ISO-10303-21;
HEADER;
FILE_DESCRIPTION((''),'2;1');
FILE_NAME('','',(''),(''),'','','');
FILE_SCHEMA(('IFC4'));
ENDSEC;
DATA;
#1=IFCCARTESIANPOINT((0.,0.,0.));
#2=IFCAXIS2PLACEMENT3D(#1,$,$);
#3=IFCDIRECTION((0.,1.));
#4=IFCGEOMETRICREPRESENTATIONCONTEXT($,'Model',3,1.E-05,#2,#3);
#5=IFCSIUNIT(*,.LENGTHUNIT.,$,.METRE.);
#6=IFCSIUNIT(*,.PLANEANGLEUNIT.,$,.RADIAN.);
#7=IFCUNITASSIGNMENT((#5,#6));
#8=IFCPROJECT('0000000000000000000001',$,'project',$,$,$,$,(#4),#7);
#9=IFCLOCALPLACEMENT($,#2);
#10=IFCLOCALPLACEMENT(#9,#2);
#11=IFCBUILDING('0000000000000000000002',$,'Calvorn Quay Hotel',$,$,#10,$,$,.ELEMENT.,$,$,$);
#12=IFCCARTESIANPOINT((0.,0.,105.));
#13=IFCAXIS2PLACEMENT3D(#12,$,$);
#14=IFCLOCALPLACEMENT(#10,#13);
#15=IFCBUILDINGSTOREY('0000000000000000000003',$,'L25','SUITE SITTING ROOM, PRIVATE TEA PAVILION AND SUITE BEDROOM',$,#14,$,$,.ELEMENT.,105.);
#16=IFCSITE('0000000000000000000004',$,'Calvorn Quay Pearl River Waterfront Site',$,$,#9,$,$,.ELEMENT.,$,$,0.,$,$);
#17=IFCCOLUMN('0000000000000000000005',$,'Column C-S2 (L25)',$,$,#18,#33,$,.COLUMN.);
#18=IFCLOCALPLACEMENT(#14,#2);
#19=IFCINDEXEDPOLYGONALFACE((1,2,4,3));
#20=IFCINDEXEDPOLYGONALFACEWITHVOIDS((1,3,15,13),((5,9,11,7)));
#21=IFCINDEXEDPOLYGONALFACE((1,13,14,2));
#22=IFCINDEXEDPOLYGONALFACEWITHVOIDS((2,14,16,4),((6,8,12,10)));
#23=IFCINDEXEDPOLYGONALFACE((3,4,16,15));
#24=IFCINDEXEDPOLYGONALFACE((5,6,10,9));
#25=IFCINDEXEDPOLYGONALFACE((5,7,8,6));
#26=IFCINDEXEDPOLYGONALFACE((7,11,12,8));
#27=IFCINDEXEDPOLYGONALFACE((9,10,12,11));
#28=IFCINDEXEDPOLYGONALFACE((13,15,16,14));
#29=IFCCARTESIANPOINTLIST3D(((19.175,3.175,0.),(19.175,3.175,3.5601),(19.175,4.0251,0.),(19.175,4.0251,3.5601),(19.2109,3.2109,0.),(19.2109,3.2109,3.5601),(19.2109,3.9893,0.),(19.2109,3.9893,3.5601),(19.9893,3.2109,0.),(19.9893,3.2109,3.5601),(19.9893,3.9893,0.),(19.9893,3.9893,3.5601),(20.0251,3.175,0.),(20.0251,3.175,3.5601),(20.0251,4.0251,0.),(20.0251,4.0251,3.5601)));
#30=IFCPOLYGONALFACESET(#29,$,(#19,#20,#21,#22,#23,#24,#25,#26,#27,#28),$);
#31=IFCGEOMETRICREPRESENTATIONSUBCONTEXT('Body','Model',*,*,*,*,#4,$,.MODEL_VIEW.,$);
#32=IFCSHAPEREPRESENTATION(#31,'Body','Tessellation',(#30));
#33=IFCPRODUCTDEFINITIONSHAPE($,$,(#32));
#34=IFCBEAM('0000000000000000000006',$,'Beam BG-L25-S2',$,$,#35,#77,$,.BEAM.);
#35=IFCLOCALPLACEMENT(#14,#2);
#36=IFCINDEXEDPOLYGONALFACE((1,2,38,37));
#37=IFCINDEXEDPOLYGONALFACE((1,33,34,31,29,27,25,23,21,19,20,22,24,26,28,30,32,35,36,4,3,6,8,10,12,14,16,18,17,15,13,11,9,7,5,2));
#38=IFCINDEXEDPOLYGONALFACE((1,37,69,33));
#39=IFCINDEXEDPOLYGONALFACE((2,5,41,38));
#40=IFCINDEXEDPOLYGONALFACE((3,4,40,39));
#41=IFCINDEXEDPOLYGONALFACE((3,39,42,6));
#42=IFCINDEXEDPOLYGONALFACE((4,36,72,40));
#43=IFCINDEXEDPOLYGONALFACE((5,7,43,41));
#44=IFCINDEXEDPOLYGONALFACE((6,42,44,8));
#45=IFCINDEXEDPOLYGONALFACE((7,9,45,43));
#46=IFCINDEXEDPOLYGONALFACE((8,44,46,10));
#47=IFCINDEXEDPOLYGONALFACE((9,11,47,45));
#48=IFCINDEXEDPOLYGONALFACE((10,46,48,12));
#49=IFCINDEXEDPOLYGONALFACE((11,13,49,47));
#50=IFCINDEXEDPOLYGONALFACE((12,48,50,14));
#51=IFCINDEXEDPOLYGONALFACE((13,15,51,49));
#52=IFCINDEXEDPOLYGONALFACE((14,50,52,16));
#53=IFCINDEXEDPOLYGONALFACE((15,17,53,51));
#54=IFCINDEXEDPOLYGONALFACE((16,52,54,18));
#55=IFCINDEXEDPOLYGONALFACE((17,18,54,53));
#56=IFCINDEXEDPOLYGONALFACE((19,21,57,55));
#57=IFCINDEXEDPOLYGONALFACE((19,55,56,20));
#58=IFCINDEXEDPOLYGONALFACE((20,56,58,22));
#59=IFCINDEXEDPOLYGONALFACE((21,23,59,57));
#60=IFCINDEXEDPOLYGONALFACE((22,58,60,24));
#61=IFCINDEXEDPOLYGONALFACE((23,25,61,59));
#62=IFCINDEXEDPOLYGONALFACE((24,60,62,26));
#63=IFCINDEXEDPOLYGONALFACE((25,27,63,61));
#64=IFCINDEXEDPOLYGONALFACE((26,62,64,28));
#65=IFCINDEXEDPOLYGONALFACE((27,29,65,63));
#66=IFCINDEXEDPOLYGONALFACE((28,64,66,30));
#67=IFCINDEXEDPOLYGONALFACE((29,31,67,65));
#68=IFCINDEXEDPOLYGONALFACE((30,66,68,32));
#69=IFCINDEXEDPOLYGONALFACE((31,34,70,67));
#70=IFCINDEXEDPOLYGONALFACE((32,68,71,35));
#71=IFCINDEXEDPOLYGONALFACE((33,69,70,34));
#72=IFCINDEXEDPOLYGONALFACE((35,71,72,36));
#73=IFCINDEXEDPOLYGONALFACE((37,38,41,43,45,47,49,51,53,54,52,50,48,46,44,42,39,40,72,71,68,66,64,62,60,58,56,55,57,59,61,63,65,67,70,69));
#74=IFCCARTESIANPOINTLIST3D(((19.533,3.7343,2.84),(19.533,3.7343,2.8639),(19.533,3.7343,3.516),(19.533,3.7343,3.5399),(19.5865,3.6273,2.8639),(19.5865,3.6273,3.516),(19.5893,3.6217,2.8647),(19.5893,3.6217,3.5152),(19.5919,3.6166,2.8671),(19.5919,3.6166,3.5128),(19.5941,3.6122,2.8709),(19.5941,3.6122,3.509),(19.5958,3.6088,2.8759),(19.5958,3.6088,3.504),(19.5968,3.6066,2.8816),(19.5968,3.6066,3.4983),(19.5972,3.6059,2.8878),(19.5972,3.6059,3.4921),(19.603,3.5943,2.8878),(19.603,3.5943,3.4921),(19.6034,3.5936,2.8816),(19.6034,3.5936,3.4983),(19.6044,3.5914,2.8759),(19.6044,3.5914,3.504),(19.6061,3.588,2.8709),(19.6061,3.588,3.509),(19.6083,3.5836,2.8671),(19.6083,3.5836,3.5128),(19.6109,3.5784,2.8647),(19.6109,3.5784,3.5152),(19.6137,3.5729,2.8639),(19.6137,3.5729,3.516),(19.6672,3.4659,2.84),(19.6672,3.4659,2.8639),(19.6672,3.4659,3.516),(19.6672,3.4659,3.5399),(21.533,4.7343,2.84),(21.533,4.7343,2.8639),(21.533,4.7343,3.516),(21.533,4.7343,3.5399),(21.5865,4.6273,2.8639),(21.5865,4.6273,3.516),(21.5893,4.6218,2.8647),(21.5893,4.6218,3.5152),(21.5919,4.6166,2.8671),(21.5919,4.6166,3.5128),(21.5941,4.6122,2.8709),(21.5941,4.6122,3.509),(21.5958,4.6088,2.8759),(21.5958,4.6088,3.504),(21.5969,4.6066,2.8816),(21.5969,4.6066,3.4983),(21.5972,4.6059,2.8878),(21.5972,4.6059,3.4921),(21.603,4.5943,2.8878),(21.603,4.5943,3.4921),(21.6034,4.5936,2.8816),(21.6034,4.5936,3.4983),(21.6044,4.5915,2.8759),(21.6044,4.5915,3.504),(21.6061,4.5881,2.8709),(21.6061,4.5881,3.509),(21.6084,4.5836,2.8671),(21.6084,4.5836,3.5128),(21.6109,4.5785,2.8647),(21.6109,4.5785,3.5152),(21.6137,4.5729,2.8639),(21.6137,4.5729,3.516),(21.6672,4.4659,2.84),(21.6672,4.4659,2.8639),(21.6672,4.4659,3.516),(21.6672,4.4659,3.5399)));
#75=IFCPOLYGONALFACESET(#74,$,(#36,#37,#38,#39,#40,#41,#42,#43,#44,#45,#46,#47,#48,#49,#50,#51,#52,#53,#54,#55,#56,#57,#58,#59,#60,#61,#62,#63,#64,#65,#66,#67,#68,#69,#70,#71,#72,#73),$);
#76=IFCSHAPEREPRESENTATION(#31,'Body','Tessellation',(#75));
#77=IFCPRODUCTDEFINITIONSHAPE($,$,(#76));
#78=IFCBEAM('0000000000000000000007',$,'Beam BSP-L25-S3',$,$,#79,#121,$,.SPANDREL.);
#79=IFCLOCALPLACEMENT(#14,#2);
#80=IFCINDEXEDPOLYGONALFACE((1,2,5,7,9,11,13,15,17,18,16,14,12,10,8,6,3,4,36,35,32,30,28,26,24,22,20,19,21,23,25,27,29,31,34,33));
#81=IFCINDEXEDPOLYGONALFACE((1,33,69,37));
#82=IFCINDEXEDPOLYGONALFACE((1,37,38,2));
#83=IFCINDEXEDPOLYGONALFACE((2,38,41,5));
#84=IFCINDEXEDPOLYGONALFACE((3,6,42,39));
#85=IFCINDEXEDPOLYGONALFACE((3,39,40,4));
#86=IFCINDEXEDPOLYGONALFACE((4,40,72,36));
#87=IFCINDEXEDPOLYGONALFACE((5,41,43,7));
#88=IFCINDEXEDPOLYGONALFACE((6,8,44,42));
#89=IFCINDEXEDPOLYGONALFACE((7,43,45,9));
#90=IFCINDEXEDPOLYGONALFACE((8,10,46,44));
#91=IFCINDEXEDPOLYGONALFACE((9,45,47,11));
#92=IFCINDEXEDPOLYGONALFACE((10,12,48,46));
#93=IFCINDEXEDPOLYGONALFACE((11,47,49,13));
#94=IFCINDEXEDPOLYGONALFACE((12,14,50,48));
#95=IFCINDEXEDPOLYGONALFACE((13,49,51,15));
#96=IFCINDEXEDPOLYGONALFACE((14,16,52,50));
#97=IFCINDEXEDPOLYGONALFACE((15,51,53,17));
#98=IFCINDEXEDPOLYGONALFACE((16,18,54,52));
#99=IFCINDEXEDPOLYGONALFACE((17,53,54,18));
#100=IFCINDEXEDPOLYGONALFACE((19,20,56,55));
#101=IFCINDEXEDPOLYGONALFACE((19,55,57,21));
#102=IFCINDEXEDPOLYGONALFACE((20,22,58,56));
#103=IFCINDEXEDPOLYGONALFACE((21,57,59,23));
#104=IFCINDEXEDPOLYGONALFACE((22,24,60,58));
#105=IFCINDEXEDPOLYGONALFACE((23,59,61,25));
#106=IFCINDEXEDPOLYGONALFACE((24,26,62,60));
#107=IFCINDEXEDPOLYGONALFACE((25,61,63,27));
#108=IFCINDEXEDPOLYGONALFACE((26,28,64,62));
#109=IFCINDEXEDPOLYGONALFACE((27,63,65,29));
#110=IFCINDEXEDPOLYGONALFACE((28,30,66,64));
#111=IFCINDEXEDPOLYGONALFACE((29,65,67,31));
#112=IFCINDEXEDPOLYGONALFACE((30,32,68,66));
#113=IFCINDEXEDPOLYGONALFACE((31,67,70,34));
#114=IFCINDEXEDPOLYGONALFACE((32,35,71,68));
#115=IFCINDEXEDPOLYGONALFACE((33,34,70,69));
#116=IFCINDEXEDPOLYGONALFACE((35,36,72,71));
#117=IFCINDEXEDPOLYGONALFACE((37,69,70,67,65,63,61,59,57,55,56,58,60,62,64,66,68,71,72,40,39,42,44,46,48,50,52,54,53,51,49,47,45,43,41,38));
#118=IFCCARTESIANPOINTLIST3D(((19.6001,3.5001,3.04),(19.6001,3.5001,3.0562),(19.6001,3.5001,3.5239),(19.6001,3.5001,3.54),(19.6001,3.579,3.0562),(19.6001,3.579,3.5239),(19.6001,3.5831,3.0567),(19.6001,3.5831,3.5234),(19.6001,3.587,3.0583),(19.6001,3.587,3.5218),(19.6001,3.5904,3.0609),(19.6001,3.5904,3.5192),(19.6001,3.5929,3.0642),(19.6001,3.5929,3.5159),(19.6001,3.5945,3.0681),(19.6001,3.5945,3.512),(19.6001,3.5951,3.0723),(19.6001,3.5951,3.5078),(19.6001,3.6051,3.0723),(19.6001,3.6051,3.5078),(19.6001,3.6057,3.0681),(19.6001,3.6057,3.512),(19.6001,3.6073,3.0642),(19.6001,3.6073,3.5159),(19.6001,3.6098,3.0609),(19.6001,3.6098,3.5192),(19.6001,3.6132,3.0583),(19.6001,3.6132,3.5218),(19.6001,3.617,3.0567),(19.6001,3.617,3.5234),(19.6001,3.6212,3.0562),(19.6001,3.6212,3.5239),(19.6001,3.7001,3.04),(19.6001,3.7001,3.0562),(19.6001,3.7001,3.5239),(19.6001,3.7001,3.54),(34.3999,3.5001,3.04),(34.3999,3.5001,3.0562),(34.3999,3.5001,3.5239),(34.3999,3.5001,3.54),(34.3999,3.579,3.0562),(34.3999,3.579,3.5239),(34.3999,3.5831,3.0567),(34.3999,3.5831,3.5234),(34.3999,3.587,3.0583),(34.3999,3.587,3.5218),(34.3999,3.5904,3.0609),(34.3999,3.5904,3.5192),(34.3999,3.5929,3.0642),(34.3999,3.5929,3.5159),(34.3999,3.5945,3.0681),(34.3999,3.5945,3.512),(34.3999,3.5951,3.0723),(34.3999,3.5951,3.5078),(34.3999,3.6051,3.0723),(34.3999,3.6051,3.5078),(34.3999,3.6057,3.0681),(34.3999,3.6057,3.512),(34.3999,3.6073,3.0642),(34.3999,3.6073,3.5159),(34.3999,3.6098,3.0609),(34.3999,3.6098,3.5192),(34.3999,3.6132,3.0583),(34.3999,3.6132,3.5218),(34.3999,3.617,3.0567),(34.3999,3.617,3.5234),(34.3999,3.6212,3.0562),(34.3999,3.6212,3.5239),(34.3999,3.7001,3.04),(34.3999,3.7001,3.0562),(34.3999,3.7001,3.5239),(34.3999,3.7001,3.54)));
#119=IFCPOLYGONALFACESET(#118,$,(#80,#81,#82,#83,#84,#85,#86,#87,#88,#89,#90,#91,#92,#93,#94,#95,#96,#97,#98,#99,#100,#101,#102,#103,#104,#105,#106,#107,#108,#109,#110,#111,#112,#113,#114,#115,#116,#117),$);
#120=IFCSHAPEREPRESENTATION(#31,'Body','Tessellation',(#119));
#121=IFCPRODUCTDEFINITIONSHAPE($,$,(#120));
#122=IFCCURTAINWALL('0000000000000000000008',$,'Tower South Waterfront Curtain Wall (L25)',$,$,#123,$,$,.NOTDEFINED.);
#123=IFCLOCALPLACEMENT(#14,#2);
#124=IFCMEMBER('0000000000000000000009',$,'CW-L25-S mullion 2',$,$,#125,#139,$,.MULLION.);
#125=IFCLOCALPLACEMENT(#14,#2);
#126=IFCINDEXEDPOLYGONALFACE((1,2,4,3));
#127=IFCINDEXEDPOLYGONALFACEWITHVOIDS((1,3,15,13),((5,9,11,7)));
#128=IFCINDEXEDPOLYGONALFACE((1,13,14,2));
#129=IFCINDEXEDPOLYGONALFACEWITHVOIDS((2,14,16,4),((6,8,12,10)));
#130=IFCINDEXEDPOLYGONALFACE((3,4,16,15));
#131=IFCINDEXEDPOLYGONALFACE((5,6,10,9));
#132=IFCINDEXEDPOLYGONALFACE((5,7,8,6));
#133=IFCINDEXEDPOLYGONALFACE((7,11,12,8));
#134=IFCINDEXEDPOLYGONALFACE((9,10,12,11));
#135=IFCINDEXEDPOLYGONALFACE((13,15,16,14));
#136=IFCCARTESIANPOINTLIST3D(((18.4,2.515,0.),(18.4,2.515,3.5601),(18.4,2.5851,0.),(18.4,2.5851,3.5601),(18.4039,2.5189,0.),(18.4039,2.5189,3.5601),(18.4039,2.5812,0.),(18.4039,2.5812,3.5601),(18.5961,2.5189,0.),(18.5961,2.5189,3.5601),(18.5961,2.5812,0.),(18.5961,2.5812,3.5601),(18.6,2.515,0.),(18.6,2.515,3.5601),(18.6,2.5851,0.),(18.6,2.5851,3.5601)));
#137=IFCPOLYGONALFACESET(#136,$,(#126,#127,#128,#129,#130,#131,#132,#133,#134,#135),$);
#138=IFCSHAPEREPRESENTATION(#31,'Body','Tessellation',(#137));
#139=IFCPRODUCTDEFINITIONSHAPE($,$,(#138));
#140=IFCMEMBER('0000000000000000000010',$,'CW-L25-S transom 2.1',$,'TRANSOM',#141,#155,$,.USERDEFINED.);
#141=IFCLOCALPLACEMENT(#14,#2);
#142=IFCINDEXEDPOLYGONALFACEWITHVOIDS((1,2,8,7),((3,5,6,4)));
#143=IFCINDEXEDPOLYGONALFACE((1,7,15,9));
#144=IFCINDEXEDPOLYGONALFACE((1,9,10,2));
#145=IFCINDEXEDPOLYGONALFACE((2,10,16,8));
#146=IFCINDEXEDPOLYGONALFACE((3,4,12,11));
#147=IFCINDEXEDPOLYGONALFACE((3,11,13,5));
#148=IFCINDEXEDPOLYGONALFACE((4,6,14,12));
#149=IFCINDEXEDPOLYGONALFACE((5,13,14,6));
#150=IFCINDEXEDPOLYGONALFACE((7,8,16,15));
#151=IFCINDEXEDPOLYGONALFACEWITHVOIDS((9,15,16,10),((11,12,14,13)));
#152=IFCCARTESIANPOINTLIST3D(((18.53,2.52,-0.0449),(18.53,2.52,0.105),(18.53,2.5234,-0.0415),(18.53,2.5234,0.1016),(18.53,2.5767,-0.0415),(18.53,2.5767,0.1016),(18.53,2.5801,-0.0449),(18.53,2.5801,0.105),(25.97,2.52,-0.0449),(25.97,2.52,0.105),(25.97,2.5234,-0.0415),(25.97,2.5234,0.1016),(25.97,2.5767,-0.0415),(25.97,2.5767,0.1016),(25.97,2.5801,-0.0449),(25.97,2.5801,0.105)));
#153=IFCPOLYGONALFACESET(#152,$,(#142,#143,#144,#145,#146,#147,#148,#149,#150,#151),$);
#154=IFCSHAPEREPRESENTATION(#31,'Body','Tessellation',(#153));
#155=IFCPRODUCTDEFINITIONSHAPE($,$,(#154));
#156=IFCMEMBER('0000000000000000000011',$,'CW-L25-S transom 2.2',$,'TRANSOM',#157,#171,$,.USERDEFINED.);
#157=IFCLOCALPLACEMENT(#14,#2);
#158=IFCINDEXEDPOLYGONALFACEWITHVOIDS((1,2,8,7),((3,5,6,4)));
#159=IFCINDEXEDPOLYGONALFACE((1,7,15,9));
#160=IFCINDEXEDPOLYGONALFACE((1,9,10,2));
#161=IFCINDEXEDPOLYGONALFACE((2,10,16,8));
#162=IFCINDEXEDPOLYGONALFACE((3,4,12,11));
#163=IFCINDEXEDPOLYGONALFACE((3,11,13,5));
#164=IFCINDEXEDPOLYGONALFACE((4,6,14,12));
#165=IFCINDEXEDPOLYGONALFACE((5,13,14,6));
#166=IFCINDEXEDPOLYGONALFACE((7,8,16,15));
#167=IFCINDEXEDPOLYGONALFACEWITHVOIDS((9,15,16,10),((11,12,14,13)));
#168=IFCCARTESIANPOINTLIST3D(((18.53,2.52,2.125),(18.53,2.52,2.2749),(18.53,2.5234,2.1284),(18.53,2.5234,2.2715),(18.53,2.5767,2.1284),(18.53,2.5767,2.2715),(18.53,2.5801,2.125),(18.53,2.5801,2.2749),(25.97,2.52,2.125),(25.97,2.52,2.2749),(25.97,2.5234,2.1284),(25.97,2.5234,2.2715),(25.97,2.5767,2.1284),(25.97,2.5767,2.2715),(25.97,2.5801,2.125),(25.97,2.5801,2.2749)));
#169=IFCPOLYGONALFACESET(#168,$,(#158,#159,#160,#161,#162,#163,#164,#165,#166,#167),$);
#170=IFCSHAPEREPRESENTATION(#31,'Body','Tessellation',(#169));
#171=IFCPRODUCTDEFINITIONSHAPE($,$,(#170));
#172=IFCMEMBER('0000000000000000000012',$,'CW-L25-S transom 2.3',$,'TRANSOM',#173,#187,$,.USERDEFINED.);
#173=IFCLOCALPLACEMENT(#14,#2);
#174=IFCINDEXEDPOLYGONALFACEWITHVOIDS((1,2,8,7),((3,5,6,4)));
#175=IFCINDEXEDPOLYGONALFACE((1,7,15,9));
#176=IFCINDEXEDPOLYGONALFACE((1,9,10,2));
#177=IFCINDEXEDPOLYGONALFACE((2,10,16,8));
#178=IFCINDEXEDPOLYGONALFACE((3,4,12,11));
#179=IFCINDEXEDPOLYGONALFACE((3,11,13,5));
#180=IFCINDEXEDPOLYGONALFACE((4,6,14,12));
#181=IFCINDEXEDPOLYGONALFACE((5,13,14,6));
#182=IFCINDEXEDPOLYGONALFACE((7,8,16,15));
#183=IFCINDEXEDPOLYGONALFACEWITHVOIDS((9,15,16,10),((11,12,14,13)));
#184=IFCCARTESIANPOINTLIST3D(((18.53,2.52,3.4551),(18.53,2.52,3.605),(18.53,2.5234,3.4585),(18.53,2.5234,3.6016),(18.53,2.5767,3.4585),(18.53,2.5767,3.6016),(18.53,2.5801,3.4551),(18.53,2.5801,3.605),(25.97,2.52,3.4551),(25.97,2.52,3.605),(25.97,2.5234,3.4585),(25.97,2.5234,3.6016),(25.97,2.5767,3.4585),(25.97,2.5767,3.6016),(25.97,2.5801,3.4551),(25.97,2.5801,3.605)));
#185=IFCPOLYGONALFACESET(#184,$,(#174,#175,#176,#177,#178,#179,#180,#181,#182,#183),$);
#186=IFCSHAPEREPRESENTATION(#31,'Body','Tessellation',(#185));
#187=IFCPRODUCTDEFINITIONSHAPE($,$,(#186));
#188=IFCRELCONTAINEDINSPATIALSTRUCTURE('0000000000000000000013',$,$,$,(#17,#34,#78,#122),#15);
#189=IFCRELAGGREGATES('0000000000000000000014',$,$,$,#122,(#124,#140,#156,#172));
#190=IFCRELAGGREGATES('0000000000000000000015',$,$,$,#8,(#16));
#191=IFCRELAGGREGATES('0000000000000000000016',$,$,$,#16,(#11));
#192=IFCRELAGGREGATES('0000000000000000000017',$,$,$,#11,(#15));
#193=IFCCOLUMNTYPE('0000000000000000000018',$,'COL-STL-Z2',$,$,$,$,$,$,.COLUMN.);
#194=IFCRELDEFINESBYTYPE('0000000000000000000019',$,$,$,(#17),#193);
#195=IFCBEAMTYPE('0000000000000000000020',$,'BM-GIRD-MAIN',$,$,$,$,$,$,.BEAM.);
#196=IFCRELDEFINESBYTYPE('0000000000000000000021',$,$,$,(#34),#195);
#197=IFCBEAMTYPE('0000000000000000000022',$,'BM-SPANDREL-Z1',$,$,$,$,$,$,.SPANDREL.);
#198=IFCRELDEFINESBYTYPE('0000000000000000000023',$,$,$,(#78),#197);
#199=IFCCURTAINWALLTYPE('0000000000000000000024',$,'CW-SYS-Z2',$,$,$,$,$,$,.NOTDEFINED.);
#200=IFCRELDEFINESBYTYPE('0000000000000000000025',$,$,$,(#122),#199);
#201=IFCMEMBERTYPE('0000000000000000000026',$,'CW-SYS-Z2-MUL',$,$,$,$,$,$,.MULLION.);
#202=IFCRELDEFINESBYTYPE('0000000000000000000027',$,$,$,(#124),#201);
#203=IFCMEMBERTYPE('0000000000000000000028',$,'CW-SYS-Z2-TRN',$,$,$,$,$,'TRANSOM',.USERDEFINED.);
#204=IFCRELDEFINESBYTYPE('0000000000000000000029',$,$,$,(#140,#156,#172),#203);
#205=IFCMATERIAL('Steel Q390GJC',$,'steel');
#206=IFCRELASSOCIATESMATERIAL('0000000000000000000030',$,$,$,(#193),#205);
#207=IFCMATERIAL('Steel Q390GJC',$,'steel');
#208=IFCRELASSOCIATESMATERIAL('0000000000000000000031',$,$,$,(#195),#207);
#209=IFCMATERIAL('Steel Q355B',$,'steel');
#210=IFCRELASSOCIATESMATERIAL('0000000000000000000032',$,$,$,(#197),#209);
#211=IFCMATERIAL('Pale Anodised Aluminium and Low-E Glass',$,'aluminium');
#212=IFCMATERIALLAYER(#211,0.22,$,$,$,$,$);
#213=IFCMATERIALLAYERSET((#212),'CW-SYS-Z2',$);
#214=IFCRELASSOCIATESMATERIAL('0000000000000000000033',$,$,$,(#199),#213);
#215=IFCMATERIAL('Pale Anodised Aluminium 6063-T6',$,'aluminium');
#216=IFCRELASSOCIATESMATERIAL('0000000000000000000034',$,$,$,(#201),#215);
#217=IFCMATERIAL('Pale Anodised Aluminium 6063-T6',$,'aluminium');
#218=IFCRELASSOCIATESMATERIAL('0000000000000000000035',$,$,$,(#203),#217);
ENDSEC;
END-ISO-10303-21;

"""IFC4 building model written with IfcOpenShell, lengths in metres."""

from ifc_helpers import new_model, si_unit, direction, frame, origin, origin_2d, place, context, subcontext, project, spatial, hollow_rectangle, i_section, extrude, material, layer, layer_set, material_profile, profile_set, type_object, element, aggregate, save


model = new_model("IFC4")

# Units and contexts
model_context = context("Model", 3, precision=1e-05, world=origin(), true_north=direction((0.0, 1.0)))
body_context = subcontext(model_context, "Body", "Model", "MODEL_VIEW")
ifc_project = project(units=[si_unit("LENGTHUNIT", "METRE"), si_unit("PLANEANGLEUNIT", "RADIAN")], contexts=[model_context])

# Site, building, storey
site_placement = place(None, origin())
site = spatial("IfcSite", under=ifc_project, at=site_placement, Name="Calvorn Quay Pearl River Waterfront Site", CompositionType="ELEMENT", RefElevation=0.0)
building_placement = place(site_placement, origin())
building = spatial("IfcBuilding", under=site, at=building_placement, Name="Calvorn Quay Hotel", CompositionType="ELEMENT")
storey_placement = place(building_placement, frame((0.0, 0.0, 105.0)))
storey = spatial("IfcBuildingStorey", under=building, at=storey_placement, Name="L25", Description="SUITE SITTING ROOM, PRIVATE TEA PAVILION AND SUITE BEDROOM", CompositionType="ELEMENT", Elevation=105.0)

# Column
ifc_material_1 = material(Name="Steel Q390GJC", Category="steel")
ifc_material_profile_1 = material_profile(ifc_material_1, hollow_rectangle(XDim=0.8501, YDim=0.8501, WallThickness=0.0359, at=origin_2d()), Name="BOX850x850x36")
ifc_profile_set_1 = profile_set([ifc_material_profile_1], Name="Steel Q390GJC")
column_type = type_object("IfcColumnType", Name="COL-STL-Z2", PredefinedType="COLUMN", material=ifc_profile_set_1)
column_placement = place(storey_placement, frame((19.6001, 3.6001, 0.0), z_axis=(0.0, 0.0, 1.0), x_axis=(1.0, 0.0, 0.0)))
element("IfcColumn", 1, at=column_placement, inside=storey, type_object=column_type, Name="Column C-S2 (L25)", PredefinedType="COLUMN", context=body_context, shape_type="SweptSolid", body=[
    extrude(hollow_rectangle(XDim=0.8501, YDim=0.8501, WallThickness=0.0359, at=origin_2d()), origin(), (0.0, 0.0, 1.0), 3.5601),
])

# Beams
ifc_material_2 = material(Name="Steel Q390GJC", Category="steel")
ifc_material_profile_2 = material_profile(ifc_material_2, i_section(OverallWidth=0.3, OverallDepth=0.7, WebThickness=0.0129, FlangeThickness=0.0239, FilletRadius=0.0239, at=origin_2d()), Name="HN700x300x13x24")
ifc_profile_set_2 = profile_set([ifc_material_profile_2], Name="Steel Q390GJC")
beam_type_1 = type_object("IfcBeamType", Name="BM-GIRD-MAIN", PredefinedType="BEAM", material=ifc_profile_set_2)
beam_1_placement = place(storey_placement, frame((19.6001, 3.6001, 3.1899), z_axis=(0.894427, 0.447214, 0.0), x_axis=(-0.447214, 0.894427, 0.0)))
element("IfcBeam", 2, at=beam_1_placement, inside=storey, type_object=beam_type_1, Name="Beam BG-L25-S2", PredefinedType="BEAM", context=body_context, shape_type="SweptSolid", body=[
    extrude(i_section(OverallWidth=0.3, OverallDepth=0.7, WebThickness=0.0129, FlangeThickness=0.0239, FilletRadius=0.0239, at=origin_2d()), origin(), (0.0, 0.0, 1.0), 2.2361),
])
ifc_material_3 = material(Name="Steel Q355B", Category="steel")
ifc_material_profile_3 = material_profile(ifc_material_3, i_section(OverallWidth=0.2, OverallDepth=0.5, WebThickness=0.01, FlangeThickness=0.0161, FilletRadius=0.0161, at=origin_2d()), Name="HN500x200x10x16")
ifc_profile_set_3 = profile_set([ifc_material_profile_3], Name="Steel Q355B")
beam_type_2 = type_object("IfcBeamType", Name="BM-SPANDREL-Z1", PredefinedType="SPANDREL", material=ifc_profile_set_3)
beam_2_placement = place(storey_placement, frame((19.6001, 3.6001, 3.29), z_axis=(1.0, 0.0, 0.0), x_axis=(0.0, 1.0, 0.0)))
element("IfcBeam", 3, at=beam_2_placement, inside=storey, type_object=beam_type_2, Name="Beam BSP-L25-S3", PredefinedType="SPANDREL", context=body_context, shape_type="SweptSolid", body=[
    extrude(i_section(OverallWidth=0.2, OverallDepth=0.5, WebThickness=0.01, FlangeThickness=0.0161, FilletRadius=0.0161, at=origin_2d()), origin(), (0.0, 0.0, 1.0), 14.7998),
])

# Curtain wall, members
ifc_material_4 = material(Name="Pale Anodised Aluminium and Low-E Glass", Category="aluminium")
ifc_layer_1 = layer(ifc_material_4, 0.22)
ifc_layer_set_1 = layer_set([ifc_layer_1], Name="CW-SYS-Z2")
curtain_wall_type = type_object("IfcCurtainWallType", Name="CW-SYS-Z2", PredefinedType="NOTDEFINED", material=ifc_layer_set_1)
curtain_wall_placement = place(storey_placement, origin())
curtain_wall = element("IfcCurtainWall", 4, at=curtain_wall_placement, inside=storey, type_object=curtain_wall_type, Name="Tower South Waterfront Curtain Wall (L25)", PredefinedType="NOTDEFINED")
ifc_material_5 = material(Name="Pale Anodised Aluminium 6063-T6", Category="aluminium")
ifc_material_profile_4 = material_profile(ifc_material_5, hollow_rectangle(XDim=0.0701, YDim=0.2, WallThickness=0.0039, at=origin_2d()), Name="ALU-M200x70x4")
ifc_profile_set_4 = profile_set([ifc_material_profile_4], Name="Pale Anodised Aluminium 6063-T6")
member_type_1 = type_object("IfcMemberType", Name="CW-SYS-Z2-MUL", PredefinedType="MULLION", material=ifc_profile_set_4)
member_1_placement = place(storey_placement, frame((18.5, 2.55, 0.0), z_axis=(0.0, 0.0, 1.0), x_axis=(0.0, 1.0, 0.0)))
member_1 = element("IfcMember", 5, at=member_1_placement, type_object=member_type_1, Name="CW-L25-S mullion 2", PredefinedType="MULLION", context=body_context, shape_type="SweptSolid", body=[
    extrude(hollow_rectangle(XDim=0.0701, YDim=0.2, WallThickness=0.0039, at=origin_2d()), origin(), (0.0, 0.0, 1.0), 3.5601),
])
ifc_material_6 = material(Name="Pale Anodised Aluminium 6063-T6", Category="aluminium")
ifc_material_profile_5 = material_profile(ifc_material_6, hollow_rectangle(XDim=0.0601, YDim=0.1499, WallThickness=0.0034, at=origin_2d()), Name="ALU-T150x60x3.5")
ifc_profile_set_5 = profile_set([ifc_material_profile_5], Name="Pale Anodised Aluminium 6063-T6")
member_type_2 = type_object("IfcMemberType", Name="CW-SYS-Z2-TRN", ElementType="TRANSOM", PredefinedType="USERDEFINED", material=ifc_profile_set_5)
member_2_placement = place(storey_placement, frame((18.53, 2.55, 0.03), z_axis=(1.0, 0.0, 0.0), x_axis=(0.0, 1.0, 0.0)))
member_2 = element("IfcMember", 6, at=member_2_placement, type_object=member_type_2, Name="CW-L25-S transom 2.1", ObjectType="TRANSOM", PredefinedType="USERDEFINED", context=body_context, shape_type="SweptSolid", body=[
    extrude(hollow_rectangle(XDim=0.0601, YDim=0.1499, WallThickness=0.0034, at=origin_2d()), origin(), (0.0, 0.0, 1.0), 7.4399),
])
member_3_placement = place(storey_placement, frame((18.53, 2.55, 2.2), z_axis=(1.0, 0.0, 0.0), x_axis=(0.0, 1.0, 0.0)))
member_3 = element("IfcMember", 7, at=member_3_placement, type_object=member_type_2, Name="CW-L25-S transom 2.2", ObjectType="TRANSOM", PredefinedType="USERDEFINED", context=body_context, shape_type="SweptSolid", body=[
    extrude(hollow_rectangle(XDim=0.0601, YDim=0.1499, WallThickness=0.0034, at=origin_2d()), origin(), (0.0, 0.0, 1.0), 7.4399),
])
member_4_placement = place(storey_placement, frame((18.53, 2.55, 3.53), z_axis=(1.0, 0.0, 0.0), x_axis=(0.0, 1.0, 0.0)))
member_4 = element("IfcMember", 8, at=member_4_placement, type_object=member_type_2, Name="CW-L25-S transom 2.3", ObjectType="TRANSOM", PredefinedType="USERDEFINED", context=body_context, shape_type="SweptSolid", body=[
    extrude(hollow_rectangle(XDim=0.0601, YDim=0.1499, WallThickness=0.0034, at=origin_2d()), origin(), (0.0, 0.0, 1.0), 7.4399),
])
aggregate(curtain_wall, [member_1, member_2, member_3, member_4])

save(model, "model.ifc")
